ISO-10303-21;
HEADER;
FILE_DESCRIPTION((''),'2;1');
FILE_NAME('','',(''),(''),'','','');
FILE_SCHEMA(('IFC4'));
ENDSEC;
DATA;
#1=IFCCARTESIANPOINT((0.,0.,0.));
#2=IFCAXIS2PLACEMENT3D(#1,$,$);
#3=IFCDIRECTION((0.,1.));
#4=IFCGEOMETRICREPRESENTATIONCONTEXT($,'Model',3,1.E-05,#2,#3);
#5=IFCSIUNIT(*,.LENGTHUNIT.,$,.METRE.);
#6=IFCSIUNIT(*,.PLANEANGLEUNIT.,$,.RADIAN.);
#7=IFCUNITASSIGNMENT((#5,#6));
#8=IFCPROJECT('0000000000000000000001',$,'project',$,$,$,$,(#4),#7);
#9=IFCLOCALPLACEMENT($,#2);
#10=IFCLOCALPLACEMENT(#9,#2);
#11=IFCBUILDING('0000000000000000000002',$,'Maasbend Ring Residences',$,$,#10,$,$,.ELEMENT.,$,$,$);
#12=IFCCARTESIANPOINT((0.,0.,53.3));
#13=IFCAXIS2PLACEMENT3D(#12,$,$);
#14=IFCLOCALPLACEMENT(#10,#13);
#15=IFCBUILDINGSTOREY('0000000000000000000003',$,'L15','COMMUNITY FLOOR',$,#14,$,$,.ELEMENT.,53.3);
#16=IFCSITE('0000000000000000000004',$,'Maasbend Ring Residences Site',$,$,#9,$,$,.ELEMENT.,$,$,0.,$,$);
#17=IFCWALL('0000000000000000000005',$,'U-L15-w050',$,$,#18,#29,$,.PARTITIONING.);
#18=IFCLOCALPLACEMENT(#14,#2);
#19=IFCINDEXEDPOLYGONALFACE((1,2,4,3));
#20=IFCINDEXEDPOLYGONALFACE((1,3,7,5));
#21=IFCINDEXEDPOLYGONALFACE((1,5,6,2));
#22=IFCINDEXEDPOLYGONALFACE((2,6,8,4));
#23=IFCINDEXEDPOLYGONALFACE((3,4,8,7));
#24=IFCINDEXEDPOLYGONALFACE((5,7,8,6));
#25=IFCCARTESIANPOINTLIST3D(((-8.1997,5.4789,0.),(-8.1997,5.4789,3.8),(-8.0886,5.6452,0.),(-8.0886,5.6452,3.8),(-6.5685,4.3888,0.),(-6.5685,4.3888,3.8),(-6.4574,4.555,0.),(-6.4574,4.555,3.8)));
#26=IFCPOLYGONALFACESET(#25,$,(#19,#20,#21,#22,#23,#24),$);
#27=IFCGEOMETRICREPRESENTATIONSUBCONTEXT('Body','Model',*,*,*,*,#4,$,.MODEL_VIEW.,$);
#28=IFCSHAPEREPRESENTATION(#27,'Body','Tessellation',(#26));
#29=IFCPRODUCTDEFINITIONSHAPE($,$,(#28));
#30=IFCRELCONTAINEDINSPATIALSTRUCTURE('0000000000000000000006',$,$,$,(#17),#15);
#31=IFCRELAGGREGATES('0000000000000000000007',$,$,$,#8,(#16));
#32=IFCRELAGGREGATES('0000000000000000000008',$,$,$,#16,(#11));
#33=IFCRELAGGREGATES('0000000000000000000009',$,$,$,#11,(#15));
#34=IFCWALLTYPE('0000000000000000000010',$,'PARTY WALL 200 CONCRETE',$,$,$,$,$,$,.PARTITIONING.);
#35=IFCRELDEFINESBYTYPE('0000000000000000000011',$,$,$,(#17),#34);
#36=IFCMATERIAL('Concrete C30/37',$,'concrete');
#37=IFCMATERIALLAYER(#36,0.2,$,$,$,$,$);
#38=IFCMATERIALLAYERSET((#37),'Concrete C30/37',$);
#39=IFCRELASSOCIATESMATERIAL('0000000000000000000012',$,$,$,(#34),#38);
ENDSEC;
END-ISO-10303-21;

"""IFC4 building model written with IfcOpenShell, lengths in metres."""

from ifc_helpers import new_model, si_unit, direction, frame, frame_2d, origin, place, context, subcontext, project, spatial, rectangle, extrude, material, layer, layer_set, type_object, element, save


model = new_model("IFC4")

# Units and contexts
model_context = context("Model", 3, precision=1e-05, world=origin(), true_north=direction((0.0, 1.0)))
body_context = subcontext(model_context, "Body", "Model", "MODEL_VIEW")
ifc_project = project(units=[si_unit("LENGTHUNIT", "METRE"), si_unit("PLANEANGLEUNIT", "RADIAN")], contexts=[model_context])

# Site, building, storey
site_placement = place(None, origin())
site = spatial("IfcSite", under=ifc_project, at=site_placement, Name="Maasbend Ring Residences Site", CompositionType="ELEMENT", RefElevation=0.0)
building_placement = place(site_placement, origin())
building = spatial("IfcBuilding", under=site, at=building_placement, Name="Maasbend Ring Residences", CompositionType="ELEMENT")
storey_placement = place(building_placement, frame((0.0, 0.0, 53.3)))
storey = spatial("IfcBuildingStorey", under=building, at=storey_placement, Name="L15", Description="COMMUNITY FLOOR", CompositionType="ELEMENT", Elevation=53.3)

# Wall
ifc_material_1 = material(Name="Concrete C30/37", Category="concrete")
ifc_layer_1 = layer(ifc_material_1, 0.2)
ifc_layer_set_1 = layer_set([ifc_layer_1], Name="Concrete C30/37")
wall_type_1 = type_object("IfcWallType", Name="PARTY WALL 200 CONCRETE", PredefinedType="PARTITIONING", material=ifc_layer_set_1)
wall_1_placement = place(storey_placement, frame((-6.5129, 4.4719, 0.0), z_axis=(0.0, 0.0, 1.0), x_axis=(-0.831418, 0.555648, 0.0)))
element("IfcWall", 1, at=wall_1_placement, inside=storey, type_object=wall_type_1, Name="U-L15-w050", PredefinedType="PARTITIONING", context=body_context, shape_type="SweptSolid", body=[
    extrude(rectangle(XDim=1.9619, YDim=0.2, at=frame_2d((0.981, 0.0))), origin(), (0.0, 0.0, 1.0), 3.8),
])

save(model, "model.ifc")
